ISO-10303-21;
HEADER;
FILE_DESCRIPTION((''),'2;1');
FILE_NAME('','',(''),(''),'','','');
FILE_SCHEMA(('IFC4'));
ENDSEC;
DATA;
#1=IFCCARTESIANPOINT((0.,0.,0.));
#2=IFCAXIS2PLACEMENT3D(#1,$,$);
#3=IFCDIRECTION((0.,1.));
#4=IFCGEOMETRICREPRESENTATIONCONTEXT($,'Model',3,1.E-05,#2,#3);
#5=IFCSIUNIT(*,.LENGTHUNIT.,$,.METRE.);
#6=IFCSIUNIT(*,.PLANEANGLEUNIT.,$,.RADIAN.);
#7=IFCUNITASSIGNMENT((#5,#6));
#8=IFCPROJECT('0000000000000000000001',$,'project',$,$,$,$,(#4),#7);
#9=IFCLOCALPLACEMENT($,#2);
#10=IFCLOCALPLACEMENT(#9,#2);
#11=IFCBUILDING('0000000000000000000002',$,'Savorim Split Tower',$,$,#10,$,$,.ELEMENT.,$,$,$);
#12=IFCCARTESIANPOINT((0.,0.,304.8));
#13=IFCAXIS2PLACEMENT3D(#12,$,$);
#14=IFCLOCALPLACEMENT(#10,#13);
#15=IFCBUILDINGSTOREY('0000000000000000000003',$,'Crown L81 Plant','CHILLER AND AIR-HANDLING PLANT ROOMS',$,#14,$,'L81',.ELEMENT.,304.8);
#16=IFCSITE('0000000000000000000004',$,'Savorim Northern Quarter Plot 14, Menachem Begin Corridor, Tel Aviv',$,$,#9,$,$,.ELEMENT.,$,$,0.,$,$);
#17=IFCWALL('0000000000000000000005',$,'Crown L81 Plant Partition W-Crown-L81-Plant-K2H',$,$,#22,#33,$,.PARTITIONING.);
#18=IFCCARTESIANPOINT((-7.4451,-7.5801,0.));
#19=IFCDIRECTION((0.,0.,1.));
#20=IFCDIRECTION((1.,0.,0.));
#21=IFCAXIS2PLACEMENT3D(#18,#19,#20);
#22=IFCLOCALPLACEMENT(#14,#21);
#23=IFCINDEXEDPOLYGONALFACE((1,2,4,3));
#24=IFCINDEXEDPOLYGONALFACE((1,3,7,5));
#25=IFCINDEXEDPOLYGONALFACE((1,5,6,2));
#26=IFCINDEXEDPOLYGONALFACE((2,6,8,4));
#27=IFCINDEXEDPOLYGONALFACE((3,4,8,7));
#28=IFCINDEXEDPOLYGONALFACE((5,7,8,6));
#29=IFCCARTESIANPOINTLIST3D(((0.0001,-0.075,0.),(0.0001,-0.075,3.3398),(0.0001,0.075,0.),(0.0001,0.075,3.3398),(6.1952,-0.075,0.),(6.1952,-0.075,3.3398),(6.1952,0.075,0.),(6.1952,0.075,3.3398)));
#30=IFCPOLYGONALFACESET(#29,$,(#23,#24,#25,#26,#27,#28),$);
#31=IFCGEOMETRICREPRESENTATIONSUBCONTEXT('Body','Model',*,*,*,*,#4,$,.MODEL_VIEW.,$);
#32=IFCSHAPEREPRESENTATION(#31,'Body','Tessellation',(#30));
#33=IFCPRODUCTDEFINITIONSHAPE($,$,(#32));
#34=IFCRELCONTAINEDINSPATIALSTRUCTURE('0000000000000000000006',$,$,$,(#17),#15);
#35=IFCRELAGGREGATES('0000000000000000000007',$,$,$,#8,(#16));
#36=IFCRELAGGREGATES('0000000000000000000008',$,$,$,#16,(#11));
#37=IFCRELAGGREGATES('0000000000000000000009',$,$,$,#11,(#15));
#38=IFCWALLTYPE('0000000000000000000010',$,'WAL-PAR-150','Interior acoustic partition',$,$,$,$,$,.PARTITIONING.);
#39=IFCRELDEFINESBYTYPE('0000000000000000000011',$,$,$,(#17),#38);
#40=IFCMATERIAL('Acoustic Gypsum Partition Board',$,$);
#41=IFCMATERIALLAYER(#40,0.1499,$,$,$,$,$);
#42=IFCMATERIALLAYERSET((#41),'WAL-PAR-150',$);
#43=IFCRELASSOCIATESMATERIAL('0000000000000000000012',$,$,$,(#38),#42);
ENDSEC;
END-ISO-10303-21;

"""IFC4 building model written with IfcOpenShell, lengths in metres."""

from ifc_helpers import new_model, si_unit, direction, frame, frame_2d, origin, place, context, subcontext, project, spatial, rectangle, extrude, material, layer, layer_set, type_object, element, save


model = new_model("IFC4")

# Units and contexts
model_context = context("Model", 3, precision=1e-05, world=origin(), true_north=direction((0.0, 1.0)))
body_context = subcontext(model_context, "Body", "Model", "MODEL_VIEW")
ifc_project = project(units=[si_unit("LENGTHUNIT", "METRE"), si_unit("PLANEANGLEUNIT", "RADIAN")], contexts=[model_context])

# Site, building, storey
site_placement = place(None, origin())
site = spatial("IfcSite", under=ifc_project, at=site_placement, Name="Savorim Northern Quarter Plot 14, Menachem Begin Corridor, Tel Aviv", CompositionType="ELEMENT", RefElevation=0.0)
building_placement = place(site_placement, origin())
building = spatial("IfcBuilding", under=site, at=building_placement, Name="Savorim Split Tower", CompositionType="ELEMENT")
storey_placement = place(building_placement, frame((0.0, 0.0, 304.8)))
storey = spatial("IfcBuildingStorey", under=building, at=storey_placement, Name="Crown L81 Plant", Description="CHILLER AND AIR-HANDLING PLANT ROOMS", LongName="L81", CompositionType="ELEMENT", Elevation=304.8)

# Wall
ifc_material_1 = material(Name="Acoustic Gypsum Partition Board")
ifc_layer_1 = layer(ifc_material_1, 0.1499)
ifc_layer_set_1 = layer_set([ifc_layer_1], Name="WAL-PAR-150")
wall_type_1 = type_object("IfcWallType", Name="WAL-PAR-150", Description="Interior acoustic partition", PredefinedType="PARTITIONING", material=ifc_layer_set_1)
wall_1_placement = place(storey_placement, frame((-7.4451, -7.5801, 0.0), z_axis=(0.0, 0.0, 1.0), x_axis=(1.0, 0.0, 0.0)))
element("IfcWall", 1, at=wall_1_placement, inside=storey, type_object=wall_type_1, Name="Crown L81 Plant Partition W-Crown-L81-Plant-K2H", PredefinedType="PARTITIONING", context=body_context, shape_type="SweptSolid", body=[
    extrude(rectangle(XDim=6.1951, YDim=0.1499, at=frame_2d((3.0977, 0.0))), origin(), (0.0, 0.0, 1.0), 3.3398),
])

save(model, "model.ifc")
